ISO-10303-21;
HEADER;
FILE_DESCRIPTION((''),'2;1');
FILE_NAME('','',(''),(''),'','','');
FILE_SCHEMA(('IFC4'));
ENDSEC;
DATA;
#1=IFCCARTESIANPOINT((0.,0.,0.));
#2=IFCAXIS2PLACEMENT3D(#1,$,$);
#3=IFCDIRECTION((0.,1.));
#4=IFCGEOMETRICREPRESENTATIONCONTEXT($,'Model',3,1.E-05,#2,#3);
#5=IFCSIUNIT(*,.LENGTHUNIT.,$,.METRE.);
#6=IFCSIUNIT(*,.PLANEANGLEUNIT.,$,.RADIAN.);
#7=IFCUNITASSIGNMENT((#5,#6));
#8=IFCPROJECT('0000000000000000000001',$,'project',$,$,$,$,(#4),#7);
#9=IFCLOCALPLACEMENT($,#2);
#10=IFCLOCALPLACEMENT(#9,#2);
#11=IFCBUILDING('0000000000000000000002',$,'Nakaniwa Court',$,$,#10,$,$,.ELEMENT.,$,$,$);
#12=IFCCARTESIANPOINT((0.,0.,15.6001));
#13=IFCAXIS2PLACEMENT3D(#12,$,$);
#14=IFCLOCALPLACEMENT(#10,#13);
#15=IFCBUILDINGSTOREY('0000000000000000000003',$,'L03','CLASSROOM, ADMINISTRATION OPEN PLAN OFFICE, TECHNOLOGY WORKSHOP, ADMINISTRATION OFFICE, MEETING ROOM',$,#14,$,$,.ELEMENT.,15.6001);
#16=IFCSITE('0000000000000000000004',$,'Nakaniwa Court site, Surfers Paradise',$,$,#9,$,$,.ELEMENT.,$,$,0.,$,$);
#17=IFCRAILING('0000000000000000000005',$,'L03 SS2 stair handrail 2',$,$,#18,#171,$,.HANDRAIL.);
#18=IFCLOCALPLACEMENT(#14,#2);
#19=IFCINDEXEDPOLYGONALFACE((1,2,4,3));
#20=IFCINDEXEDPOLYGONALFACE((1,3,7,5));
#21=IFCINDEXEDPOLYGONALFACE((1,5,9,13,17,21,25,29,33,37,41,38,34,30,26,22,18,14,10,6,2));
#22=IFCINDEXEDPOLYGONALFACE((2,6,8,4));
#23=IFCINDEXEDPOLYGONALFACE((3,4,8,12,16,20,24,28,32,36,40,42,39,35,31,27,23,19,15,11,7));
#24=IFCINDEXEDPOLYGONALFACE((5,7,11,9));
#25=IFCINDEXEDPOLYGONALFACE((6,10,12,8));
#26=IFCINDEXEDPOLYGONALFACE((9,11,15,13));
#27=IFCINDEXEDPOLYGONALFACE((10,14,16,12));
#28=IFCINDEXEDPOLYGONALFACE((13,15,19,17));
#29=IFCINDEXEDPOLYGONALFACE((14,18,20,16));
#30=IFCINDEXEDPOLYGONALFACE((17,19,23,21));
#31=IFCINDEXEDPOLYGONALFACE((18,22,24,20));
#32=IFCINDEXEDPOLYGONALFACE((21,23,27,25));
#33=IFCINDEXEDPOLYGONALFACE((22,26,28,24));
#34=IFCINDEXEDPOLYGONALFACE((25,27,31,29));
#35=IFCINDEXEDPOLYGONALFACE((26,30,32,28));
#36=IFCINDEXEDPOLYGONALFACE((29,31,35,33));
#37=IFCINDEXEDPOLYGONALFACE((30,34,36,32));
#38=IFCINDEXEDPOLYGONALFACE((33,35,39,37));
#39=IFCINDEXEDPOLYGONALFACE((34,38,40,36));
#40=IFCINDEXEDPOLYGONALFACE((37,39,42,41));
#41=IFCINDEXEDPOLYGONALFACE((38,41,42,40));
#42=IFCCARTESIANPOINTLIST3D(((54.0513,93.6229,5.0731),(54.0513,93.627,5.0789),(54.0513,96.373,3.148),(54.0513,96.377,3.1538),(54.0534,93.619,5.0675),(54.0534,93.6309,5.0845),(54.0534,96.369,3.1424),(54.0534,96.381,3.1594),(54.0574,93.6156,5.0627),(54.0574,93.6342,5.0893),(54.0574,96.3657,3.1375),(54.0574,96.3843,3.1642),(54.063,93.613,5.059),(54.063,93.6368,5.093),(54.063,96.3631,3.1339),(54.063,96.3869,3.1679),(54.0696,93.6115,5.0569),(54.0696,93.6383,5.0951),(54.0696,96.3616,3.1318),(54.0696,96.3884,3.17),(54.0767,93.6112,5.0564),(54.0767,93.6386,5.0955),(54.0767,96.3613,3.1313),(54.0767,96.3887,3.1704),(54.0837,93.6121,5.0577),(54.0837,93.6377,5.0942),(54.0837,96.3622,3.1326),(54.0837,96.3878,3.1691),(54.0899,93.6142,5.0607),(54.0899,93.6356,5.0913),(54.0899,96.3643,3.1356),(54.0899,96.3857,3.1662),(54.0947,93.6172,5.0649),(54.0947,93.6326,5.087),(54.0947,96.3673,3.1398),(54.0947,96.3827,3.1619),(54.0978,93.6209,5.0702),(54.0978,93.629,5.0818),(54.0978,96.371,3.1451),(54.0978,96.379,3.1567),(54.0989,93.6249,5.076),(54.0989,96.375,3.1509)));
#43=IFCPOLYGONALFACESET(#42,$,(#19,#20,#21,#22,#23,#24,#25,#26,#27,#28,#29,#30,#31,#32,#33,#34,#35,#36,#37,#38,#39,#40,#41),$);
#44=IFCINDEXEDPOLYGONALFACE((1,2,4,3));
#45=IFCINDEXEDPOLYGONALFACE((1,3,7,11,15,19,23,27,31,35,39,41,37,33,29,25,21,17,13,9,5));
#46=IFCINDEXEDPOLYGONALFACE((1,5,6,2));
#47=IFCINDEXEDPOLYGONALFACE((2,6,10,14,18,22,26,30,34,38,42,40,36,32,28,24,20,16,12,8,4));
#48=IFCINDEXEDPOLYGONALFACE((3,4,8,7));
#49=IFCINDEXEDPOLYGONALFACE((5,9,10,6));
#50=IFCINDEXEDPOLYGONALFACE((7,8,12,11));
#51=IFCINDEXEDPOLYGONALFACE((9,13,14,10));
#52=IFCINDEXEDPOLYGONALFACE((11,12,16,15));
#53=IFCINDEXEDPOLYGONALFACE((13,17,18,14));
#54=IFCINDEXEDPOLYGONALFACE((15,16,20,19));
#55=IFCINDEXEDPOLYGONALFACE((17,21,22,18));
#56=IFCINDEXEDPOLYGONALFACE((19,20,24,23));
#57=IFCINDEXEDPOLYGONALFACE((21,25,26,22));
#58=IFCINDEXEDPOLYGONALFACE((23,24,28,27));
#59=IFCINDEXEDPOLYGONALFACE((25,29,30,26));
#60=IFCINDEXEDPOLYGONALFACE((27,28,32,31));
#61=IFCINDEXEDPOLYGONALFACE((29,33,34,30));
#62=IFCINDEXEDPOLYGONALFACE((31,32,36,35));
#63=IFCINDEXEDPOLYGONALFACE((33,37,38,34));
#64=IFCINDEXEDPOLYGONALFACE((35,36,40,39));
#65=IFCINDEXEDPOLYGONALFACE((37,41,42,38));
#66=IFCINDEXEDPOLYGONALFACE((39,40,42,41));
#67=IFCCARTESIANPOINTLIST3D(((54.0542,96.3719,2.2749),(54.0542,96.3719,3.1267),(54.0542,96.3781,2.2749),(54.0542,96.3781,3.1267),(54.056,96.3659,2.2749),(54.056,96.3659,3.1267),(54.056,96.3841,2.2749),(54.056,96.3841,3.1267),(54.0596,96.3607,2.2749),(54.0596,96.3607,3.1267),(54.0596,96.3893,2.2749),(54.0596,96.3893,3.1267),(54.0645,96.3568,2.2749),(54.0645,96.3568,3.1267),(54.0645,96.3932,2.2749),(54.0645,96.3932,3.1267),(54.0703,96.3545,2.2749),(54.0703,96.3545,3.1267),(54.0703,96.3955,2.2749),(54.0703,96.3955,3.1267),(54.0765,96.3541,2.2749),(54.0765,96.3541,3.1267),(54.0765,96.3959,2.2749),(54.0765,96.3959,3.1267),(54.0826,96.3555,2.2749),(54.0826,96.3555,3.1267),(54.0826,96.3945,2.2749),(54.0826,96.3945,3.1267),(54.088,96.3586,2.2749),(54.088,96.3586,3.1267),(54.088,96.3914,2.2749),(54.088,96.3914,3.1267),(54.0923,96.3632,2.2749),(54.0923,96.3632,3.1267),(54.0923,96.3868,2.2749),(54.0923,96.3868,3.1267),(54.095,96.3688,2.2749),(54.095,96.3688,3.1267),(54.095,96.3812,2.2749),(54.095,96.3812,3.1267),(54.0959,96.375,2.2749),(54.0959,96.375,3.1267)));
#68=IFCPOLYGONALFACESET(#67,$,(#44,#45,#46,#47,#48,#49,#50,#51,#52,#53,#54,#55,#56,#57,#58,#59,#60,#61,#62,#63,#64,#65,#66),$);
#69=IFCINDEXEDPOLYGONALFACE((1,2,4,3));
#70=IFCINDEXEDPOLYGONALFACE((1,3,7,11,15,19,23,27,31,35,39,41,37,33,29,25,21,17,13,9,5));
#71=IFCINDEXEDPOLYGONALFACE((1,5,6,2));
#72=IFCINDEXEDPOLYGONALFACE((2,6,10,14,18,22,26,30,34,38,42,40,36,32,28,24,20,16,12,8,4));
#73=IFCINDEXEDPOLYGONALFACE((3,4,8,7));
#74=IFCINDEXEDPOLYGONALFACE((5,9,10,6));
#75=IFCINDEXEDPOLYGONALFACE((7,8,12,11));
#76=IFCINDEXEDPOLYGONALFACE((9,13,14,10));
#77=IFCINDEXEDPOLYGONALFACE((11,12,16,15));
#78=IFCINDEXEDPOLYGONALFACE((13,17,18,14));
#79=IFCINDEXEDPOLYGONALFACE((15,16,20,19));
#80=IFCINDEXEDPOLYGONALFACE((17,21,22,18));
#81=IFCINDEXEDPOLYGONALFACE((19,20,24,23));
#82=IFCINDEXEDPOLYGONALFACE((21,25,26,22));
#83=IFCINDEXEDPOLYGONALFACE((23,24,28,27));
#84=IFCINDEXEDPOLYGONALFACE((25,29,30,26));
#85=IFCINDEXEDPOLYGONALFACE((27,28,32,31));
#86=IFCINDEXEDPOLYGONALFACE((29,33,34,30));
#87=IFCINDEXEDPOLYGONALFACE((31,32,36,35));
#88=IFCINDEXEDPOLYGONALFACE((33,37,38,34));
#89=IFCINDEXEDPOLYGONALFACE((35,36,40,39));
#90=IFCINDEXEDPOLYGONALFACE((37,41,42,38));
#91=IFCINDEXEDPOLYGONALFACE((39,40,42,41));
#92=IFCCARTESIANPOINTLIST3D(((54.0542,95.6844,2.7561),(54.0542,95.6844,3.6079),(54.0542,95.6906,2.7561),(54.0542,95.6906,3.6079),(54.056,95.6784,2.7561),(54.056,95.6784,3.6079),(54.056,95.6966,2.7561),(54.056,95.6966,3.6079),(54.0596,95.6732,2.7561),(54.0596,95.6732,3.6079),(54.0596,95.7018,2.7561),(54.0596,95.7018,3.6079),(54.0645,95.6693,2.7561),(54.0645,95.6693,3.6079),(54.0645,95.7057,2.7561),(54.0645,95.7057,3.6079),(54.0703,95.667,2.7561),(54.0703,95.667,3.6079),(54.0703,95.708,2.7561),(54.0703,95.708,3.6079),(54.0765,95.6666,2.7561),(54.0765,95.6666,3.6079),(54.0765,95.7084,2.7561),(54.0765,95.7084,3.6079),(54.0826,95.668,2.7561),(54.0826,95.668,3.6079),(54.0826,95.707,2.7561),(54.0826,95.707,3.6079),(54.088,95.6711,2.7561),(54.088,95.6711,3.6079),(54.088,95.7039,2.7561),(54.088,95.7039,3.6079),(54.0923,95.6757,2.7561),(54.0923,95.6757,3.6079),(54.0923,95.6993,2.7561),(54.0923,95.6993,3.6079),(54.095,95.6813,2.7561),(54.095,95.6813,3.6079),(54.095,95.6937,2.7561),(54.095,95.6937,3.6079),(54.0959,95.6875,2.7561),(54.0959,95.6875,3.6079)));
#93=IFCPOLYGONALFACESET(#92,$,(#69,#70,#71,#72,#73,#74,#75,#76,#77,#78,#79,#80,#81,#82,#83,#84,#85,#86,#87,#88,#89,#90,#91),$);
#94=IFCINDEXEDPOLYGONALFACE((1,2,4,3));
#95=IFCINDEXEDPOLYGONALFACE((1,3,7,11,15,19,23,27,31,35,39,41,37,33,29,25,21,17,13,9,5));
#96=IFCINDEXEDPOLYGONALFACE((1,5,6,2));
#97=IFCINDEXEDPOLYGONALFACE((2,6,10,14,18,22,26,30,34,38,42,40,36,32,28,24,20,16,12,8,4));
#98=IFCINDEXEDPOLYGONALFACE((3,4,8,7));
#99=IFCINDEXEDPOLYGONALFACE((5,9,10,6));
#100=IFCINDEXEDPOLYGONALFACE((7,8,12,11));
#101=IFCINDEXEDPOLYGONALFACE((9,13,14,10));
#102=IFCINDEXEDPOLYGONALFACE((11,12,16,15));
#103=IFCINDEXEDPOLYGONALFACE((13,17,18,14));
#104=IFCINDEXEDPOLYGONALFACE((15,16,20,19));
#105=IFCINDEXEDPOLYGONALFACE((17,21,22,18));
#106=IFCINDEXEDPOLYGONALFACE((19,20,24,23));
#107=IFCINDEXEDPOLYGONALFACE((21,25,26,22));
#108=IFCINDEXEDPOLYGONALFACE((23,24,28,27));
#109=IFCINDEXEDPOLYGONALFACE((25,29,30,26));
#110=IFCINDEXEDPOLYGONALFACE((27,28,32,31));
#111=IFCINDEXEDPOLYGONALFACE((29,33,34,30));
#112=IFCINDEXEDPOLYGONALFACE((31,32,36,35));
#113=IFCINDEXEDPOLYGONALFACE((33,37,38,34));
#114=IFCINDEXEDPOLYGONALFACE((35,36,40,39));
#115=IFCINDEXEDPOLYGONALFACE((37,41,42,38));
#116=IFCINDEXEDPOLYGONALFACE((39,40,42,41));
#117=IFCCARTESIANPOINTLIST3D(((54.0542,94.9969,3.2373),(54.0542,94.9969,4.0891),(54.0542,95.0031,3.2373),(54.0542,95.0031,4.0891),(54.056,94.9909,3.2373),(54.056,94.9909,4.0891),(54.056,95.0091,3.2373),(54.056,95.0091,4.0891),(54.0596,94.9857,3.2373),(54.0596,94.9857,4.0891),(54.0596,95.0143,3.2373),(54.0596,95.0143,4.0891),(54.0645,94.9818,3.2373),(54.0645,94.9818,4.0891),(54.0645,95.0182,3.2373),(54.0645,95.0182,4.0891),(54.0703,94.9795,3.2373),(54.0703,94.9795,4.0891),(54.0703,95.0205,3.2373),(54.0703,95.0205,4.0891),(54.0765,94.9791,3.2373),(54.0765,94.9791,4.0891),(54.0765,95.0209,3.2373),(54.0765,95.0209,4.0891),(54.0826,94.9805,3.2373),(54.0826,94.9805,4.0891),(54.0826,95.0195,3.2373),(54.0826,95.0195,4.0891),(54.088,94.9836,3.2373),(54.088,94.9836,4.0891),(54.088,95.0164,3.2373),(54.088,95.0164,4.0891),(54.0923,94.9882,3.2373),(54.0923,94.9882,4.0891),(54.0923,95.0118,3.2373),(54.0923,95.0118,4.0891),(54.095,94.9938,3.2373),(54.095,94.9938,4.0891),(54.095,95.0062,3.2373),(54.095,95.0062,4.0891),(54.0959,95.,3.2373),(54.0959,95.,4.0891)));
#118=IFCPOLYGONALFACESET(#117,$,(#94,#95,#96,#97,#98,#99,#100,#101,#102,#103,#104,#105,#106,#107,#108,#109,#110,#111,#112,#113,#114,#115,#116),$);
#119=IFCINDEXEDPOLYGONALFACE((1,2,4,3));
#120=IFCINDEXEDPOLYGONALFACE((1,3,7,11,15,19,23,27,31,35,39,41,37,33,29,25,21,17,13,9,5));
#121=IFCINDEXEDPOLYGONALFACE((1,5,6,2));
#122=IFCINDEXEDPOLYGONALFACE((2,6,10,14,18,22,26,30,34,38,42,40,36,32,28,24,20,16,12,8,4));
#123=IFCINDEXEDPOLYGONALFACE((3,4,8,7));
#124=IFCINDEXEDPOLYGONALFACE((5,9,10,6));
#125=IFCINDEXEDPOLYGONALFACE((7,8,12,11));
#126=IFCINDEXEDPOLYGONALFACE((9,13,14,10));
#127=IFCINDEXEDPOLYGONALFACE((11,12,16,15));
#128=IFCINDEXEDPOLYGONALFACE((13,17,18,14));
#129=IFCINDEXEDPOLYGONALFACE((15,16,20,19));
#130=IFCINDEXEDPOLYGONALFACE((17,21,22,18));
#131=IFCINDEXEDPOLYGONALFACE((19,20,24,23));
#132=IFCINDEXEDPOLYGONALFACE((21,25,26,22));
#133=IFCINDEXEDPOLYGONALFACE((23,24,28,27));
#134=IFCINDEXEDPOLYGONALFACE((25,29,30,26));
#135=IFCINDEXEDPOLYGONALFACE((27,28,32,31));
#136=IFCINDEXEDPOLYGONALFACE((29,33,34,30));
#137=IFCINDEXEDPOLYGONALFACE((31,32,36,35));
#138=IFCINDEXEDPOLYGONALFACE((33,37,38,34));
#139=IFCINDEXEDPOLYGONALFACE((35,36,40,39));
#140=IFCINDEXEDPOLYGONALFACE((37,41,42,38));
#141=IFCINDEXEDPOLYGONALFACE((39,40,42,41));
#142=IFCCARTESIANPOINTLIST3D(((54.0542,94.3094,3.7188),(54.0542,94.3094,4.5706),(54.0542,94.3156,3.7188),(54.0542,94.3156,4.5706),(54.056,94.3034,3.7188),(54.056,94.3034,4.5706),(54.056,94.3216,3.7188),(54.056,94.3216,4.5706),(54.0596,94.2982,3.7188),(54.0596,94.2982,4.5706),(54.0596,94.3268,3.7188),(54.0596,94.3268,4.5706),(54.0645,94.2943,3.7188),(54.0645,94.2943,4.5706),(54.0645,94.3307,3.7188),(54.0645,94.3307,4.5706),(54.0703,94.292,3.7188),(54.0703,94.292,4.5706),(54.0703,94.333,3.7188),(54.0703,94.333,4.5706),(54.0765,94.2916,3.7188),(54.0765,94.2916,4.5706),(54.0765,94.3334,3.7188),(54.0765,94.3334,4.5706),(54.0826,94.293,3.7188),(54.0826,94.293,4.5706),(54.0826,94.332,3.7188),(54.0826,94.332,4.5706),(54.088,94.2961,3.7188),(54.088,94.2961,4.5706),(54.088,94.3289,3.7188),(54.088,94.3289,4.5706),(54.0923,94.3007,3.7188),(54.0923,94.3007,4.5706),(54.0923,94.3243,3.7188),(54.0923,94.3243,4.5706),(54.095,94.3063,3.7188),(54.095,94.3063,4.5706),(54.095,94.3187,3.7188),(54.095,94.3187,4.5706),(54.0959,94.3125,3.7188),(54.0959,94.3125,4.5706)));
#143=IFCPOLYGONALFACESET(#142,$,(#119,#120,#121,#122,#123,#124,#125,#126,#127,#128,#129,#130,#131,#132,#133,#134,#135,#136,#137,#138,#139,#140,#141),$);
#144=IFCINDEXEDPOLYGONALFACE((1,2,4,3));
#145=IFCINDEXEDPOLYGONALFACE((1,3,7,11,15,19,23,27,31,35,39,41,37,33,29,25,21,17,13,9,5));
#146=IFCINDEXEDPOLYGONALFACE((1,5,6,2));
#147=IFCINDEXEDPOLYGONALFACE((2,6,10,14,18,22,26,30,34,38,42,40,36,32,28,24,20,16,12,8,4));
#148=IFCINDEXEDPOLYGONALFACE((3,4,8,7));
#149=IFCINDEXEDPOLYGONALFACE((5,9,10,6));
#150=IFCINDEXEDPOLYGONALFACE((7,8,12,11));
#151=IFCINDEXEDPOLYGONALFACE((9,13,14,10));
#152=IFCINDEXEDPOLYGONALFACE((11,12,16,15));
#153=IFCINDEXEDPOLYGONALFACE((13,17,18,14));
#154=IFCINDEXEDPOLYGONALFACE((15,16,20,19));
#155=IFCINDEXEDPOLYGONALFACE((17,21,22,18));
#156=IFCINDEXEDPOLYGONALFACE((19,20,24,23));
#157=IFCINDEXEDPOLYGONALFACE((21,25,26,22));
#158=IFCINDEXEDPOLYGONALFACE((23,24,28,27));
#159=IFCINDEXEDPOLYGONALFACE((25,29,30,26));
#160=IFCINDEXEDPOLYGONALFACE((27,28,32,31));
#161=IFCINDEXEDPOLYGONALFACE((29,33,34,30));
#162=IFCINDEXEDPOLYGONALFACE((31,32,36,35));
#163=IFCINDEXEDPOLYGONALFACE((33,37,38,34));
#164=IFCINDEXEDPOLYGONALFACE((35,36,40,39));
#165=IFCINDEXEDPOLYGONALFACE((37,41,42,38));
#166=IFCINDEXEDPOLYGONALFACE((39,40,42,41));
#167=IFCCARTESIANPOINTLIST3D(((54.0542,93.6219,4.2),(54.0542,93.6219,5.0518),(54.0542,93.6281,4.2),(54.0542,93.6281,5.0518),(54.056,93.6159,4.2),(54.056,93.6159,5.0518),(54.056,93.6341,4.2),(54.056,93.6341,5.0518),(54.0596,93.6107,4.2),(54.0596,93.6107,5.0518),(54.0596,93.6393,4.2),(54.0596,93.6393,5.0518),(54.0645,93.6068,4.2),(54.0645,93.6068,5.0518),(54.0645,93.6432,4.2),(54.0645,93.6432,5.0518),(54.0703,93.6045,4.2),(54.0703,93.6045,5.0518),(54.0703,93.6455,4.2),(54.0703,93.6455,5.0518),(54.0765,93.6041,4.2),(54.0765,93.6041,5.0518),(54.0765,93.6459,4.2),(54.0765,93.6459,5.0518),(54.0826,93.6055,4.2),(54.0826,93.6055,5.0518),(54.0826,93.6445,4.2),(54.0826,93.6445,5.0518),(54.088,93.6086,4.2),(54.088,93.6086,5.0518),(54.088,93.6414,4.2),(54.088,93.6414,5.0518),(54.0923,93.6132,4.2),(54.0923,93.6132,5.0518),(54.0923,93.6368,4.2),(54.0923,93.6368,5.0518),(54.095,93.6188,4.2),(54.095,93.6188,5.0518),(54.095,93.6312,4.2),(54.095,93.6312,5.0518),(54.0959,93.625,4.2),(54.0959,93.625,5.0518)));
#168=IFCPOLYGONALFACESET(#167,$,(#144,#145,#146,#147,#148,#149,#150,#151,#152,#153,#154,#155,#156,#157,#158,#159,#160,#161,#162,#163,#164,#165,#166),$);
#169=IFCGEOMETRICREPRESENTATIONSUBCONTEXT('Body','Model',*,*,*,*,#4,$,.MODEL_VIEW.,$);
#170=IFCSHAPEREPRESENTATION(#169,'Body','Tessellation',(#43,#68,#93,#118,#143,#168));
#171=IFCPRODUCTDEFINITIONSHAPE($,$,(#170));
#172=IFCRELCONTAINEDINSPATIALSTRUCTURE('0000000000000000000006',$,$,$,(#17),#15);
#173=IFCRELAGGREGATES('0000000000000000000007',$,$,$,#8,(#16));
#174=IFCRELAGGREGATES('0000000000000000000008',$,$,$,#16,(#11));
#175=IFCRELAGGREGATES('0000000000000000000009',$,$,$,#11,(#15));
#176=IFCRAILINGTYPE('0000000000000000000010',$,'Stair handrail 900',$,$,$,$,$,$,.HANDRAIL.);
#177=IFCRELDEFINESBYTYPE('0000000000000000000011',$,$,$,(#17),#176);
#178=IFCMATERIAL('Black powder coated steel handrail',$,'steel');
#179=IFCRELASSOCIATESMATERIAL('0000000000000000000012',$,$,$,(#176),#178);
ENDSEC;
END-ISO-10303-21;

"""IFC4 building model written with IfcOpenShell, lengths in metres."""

from ifc_helpers import new_model, si_unit, direction, frame, origin, origin_2d, place, context, subcontext, project, spatial, circle, extrude, material, type_object, element, save


model = new_model("IFC4")

# Units and contexts
model_context = context("Model", 3, precision=1e-05, world=origin(), true_north=direction((0.0, 1.0)))
body_context = subcontext(model_context, "Body", "Model", "MODEL_VIEW")
ifc_project = project(units=[si_unit("LENGTHUNIT", "METRE"), si_unit("PLANEANGLEUNIT", "RADIAN")], contexts=[model_context])

# Site, building, storey
site_placement = place(None, origin())
site = spatial("IfcSite", under=ifc_project, at=site_placement, Name="Nakaniwa Court site, Surfers Paradise", CompositionType="ELEMENT", RefElevation=0.0)
building_placement = place(site_placement, origin())
building = spatial("IfcBuilding", under=site, at=building_placement, Name="Nakaniwa Court", CompositionType="ELEMENT")
storey_placement = place(building_placement, frame((0.0, 0.0, 15.6001)))
storey = spatial("IfcBuildingStorey", under=building, at=storey_placement, Name="L03", Description="CLASSROOM, ADMINISTRATION OPEN PLAN OFFICE, TECHNOLOGY WORKSHOP, ADMINISTRATION OFFICE, MEETING ROOM", CompositionType="ELEMENT", Elevation=15.6001)

# Railing
ifc_material_1 = material(Name="Black powder coated steel handrail", Category="steel")
railing_type_1 = type_object("IfcRailingType", Name="Stair handrail 900", PredefinedType="HANDRAIL", material=ifc_material_1)
railing_1_placement = place(storey_placement, frame((54.075, 96.375, 2.2749)))
element("IfcRailing", 1, at=railing_1_placement, inside=storey, type_object=railing_type_1, Name="L03 SS2 stair handrail 2", PredefinedType="HANDRAIL", context=body_context, shape_type="SweptSolid", body=[
    extrude(circle(Radius=0.0239, at=origin_2d()), frame((0.0, 0.0, 0.876), z_axis=(0.0, -0.819225, 0.573472), x_axis=(1.0, 0.0, 0.0)), (0.0, 0.0, 1.0), 3.3569),
    extrude(circle(Radius=0.021, at=origin_2d()), origin(), (0.0, 0.0, 1.0), 0.8518),
    extrude(circle(Radius=0.021, at=origin_2d()), frame((0.0, -0.6875, 0.4812)), (0.0, 0.0, 1.0), 0.8518),
    extrude(circle(Radius=0.021, at=origin_2d()), frame((0.0, -1.375, 0.9624)), (0.0, 0.0, 1.0), 0.8518),
    extrude(circle(Radius=0.021, at=origin_2d()), frame((0.0, -2.0625, 1.4438)), (0.0, 0.0, 1.0), 0.8518),
    extrude(circle(Radius=0.021, at=origin_2d()), frame((0.0, -2.75, 1.925)), (0.0, 0.0, 1.0), 0.8518),
])

save(model, "model.ifc")
